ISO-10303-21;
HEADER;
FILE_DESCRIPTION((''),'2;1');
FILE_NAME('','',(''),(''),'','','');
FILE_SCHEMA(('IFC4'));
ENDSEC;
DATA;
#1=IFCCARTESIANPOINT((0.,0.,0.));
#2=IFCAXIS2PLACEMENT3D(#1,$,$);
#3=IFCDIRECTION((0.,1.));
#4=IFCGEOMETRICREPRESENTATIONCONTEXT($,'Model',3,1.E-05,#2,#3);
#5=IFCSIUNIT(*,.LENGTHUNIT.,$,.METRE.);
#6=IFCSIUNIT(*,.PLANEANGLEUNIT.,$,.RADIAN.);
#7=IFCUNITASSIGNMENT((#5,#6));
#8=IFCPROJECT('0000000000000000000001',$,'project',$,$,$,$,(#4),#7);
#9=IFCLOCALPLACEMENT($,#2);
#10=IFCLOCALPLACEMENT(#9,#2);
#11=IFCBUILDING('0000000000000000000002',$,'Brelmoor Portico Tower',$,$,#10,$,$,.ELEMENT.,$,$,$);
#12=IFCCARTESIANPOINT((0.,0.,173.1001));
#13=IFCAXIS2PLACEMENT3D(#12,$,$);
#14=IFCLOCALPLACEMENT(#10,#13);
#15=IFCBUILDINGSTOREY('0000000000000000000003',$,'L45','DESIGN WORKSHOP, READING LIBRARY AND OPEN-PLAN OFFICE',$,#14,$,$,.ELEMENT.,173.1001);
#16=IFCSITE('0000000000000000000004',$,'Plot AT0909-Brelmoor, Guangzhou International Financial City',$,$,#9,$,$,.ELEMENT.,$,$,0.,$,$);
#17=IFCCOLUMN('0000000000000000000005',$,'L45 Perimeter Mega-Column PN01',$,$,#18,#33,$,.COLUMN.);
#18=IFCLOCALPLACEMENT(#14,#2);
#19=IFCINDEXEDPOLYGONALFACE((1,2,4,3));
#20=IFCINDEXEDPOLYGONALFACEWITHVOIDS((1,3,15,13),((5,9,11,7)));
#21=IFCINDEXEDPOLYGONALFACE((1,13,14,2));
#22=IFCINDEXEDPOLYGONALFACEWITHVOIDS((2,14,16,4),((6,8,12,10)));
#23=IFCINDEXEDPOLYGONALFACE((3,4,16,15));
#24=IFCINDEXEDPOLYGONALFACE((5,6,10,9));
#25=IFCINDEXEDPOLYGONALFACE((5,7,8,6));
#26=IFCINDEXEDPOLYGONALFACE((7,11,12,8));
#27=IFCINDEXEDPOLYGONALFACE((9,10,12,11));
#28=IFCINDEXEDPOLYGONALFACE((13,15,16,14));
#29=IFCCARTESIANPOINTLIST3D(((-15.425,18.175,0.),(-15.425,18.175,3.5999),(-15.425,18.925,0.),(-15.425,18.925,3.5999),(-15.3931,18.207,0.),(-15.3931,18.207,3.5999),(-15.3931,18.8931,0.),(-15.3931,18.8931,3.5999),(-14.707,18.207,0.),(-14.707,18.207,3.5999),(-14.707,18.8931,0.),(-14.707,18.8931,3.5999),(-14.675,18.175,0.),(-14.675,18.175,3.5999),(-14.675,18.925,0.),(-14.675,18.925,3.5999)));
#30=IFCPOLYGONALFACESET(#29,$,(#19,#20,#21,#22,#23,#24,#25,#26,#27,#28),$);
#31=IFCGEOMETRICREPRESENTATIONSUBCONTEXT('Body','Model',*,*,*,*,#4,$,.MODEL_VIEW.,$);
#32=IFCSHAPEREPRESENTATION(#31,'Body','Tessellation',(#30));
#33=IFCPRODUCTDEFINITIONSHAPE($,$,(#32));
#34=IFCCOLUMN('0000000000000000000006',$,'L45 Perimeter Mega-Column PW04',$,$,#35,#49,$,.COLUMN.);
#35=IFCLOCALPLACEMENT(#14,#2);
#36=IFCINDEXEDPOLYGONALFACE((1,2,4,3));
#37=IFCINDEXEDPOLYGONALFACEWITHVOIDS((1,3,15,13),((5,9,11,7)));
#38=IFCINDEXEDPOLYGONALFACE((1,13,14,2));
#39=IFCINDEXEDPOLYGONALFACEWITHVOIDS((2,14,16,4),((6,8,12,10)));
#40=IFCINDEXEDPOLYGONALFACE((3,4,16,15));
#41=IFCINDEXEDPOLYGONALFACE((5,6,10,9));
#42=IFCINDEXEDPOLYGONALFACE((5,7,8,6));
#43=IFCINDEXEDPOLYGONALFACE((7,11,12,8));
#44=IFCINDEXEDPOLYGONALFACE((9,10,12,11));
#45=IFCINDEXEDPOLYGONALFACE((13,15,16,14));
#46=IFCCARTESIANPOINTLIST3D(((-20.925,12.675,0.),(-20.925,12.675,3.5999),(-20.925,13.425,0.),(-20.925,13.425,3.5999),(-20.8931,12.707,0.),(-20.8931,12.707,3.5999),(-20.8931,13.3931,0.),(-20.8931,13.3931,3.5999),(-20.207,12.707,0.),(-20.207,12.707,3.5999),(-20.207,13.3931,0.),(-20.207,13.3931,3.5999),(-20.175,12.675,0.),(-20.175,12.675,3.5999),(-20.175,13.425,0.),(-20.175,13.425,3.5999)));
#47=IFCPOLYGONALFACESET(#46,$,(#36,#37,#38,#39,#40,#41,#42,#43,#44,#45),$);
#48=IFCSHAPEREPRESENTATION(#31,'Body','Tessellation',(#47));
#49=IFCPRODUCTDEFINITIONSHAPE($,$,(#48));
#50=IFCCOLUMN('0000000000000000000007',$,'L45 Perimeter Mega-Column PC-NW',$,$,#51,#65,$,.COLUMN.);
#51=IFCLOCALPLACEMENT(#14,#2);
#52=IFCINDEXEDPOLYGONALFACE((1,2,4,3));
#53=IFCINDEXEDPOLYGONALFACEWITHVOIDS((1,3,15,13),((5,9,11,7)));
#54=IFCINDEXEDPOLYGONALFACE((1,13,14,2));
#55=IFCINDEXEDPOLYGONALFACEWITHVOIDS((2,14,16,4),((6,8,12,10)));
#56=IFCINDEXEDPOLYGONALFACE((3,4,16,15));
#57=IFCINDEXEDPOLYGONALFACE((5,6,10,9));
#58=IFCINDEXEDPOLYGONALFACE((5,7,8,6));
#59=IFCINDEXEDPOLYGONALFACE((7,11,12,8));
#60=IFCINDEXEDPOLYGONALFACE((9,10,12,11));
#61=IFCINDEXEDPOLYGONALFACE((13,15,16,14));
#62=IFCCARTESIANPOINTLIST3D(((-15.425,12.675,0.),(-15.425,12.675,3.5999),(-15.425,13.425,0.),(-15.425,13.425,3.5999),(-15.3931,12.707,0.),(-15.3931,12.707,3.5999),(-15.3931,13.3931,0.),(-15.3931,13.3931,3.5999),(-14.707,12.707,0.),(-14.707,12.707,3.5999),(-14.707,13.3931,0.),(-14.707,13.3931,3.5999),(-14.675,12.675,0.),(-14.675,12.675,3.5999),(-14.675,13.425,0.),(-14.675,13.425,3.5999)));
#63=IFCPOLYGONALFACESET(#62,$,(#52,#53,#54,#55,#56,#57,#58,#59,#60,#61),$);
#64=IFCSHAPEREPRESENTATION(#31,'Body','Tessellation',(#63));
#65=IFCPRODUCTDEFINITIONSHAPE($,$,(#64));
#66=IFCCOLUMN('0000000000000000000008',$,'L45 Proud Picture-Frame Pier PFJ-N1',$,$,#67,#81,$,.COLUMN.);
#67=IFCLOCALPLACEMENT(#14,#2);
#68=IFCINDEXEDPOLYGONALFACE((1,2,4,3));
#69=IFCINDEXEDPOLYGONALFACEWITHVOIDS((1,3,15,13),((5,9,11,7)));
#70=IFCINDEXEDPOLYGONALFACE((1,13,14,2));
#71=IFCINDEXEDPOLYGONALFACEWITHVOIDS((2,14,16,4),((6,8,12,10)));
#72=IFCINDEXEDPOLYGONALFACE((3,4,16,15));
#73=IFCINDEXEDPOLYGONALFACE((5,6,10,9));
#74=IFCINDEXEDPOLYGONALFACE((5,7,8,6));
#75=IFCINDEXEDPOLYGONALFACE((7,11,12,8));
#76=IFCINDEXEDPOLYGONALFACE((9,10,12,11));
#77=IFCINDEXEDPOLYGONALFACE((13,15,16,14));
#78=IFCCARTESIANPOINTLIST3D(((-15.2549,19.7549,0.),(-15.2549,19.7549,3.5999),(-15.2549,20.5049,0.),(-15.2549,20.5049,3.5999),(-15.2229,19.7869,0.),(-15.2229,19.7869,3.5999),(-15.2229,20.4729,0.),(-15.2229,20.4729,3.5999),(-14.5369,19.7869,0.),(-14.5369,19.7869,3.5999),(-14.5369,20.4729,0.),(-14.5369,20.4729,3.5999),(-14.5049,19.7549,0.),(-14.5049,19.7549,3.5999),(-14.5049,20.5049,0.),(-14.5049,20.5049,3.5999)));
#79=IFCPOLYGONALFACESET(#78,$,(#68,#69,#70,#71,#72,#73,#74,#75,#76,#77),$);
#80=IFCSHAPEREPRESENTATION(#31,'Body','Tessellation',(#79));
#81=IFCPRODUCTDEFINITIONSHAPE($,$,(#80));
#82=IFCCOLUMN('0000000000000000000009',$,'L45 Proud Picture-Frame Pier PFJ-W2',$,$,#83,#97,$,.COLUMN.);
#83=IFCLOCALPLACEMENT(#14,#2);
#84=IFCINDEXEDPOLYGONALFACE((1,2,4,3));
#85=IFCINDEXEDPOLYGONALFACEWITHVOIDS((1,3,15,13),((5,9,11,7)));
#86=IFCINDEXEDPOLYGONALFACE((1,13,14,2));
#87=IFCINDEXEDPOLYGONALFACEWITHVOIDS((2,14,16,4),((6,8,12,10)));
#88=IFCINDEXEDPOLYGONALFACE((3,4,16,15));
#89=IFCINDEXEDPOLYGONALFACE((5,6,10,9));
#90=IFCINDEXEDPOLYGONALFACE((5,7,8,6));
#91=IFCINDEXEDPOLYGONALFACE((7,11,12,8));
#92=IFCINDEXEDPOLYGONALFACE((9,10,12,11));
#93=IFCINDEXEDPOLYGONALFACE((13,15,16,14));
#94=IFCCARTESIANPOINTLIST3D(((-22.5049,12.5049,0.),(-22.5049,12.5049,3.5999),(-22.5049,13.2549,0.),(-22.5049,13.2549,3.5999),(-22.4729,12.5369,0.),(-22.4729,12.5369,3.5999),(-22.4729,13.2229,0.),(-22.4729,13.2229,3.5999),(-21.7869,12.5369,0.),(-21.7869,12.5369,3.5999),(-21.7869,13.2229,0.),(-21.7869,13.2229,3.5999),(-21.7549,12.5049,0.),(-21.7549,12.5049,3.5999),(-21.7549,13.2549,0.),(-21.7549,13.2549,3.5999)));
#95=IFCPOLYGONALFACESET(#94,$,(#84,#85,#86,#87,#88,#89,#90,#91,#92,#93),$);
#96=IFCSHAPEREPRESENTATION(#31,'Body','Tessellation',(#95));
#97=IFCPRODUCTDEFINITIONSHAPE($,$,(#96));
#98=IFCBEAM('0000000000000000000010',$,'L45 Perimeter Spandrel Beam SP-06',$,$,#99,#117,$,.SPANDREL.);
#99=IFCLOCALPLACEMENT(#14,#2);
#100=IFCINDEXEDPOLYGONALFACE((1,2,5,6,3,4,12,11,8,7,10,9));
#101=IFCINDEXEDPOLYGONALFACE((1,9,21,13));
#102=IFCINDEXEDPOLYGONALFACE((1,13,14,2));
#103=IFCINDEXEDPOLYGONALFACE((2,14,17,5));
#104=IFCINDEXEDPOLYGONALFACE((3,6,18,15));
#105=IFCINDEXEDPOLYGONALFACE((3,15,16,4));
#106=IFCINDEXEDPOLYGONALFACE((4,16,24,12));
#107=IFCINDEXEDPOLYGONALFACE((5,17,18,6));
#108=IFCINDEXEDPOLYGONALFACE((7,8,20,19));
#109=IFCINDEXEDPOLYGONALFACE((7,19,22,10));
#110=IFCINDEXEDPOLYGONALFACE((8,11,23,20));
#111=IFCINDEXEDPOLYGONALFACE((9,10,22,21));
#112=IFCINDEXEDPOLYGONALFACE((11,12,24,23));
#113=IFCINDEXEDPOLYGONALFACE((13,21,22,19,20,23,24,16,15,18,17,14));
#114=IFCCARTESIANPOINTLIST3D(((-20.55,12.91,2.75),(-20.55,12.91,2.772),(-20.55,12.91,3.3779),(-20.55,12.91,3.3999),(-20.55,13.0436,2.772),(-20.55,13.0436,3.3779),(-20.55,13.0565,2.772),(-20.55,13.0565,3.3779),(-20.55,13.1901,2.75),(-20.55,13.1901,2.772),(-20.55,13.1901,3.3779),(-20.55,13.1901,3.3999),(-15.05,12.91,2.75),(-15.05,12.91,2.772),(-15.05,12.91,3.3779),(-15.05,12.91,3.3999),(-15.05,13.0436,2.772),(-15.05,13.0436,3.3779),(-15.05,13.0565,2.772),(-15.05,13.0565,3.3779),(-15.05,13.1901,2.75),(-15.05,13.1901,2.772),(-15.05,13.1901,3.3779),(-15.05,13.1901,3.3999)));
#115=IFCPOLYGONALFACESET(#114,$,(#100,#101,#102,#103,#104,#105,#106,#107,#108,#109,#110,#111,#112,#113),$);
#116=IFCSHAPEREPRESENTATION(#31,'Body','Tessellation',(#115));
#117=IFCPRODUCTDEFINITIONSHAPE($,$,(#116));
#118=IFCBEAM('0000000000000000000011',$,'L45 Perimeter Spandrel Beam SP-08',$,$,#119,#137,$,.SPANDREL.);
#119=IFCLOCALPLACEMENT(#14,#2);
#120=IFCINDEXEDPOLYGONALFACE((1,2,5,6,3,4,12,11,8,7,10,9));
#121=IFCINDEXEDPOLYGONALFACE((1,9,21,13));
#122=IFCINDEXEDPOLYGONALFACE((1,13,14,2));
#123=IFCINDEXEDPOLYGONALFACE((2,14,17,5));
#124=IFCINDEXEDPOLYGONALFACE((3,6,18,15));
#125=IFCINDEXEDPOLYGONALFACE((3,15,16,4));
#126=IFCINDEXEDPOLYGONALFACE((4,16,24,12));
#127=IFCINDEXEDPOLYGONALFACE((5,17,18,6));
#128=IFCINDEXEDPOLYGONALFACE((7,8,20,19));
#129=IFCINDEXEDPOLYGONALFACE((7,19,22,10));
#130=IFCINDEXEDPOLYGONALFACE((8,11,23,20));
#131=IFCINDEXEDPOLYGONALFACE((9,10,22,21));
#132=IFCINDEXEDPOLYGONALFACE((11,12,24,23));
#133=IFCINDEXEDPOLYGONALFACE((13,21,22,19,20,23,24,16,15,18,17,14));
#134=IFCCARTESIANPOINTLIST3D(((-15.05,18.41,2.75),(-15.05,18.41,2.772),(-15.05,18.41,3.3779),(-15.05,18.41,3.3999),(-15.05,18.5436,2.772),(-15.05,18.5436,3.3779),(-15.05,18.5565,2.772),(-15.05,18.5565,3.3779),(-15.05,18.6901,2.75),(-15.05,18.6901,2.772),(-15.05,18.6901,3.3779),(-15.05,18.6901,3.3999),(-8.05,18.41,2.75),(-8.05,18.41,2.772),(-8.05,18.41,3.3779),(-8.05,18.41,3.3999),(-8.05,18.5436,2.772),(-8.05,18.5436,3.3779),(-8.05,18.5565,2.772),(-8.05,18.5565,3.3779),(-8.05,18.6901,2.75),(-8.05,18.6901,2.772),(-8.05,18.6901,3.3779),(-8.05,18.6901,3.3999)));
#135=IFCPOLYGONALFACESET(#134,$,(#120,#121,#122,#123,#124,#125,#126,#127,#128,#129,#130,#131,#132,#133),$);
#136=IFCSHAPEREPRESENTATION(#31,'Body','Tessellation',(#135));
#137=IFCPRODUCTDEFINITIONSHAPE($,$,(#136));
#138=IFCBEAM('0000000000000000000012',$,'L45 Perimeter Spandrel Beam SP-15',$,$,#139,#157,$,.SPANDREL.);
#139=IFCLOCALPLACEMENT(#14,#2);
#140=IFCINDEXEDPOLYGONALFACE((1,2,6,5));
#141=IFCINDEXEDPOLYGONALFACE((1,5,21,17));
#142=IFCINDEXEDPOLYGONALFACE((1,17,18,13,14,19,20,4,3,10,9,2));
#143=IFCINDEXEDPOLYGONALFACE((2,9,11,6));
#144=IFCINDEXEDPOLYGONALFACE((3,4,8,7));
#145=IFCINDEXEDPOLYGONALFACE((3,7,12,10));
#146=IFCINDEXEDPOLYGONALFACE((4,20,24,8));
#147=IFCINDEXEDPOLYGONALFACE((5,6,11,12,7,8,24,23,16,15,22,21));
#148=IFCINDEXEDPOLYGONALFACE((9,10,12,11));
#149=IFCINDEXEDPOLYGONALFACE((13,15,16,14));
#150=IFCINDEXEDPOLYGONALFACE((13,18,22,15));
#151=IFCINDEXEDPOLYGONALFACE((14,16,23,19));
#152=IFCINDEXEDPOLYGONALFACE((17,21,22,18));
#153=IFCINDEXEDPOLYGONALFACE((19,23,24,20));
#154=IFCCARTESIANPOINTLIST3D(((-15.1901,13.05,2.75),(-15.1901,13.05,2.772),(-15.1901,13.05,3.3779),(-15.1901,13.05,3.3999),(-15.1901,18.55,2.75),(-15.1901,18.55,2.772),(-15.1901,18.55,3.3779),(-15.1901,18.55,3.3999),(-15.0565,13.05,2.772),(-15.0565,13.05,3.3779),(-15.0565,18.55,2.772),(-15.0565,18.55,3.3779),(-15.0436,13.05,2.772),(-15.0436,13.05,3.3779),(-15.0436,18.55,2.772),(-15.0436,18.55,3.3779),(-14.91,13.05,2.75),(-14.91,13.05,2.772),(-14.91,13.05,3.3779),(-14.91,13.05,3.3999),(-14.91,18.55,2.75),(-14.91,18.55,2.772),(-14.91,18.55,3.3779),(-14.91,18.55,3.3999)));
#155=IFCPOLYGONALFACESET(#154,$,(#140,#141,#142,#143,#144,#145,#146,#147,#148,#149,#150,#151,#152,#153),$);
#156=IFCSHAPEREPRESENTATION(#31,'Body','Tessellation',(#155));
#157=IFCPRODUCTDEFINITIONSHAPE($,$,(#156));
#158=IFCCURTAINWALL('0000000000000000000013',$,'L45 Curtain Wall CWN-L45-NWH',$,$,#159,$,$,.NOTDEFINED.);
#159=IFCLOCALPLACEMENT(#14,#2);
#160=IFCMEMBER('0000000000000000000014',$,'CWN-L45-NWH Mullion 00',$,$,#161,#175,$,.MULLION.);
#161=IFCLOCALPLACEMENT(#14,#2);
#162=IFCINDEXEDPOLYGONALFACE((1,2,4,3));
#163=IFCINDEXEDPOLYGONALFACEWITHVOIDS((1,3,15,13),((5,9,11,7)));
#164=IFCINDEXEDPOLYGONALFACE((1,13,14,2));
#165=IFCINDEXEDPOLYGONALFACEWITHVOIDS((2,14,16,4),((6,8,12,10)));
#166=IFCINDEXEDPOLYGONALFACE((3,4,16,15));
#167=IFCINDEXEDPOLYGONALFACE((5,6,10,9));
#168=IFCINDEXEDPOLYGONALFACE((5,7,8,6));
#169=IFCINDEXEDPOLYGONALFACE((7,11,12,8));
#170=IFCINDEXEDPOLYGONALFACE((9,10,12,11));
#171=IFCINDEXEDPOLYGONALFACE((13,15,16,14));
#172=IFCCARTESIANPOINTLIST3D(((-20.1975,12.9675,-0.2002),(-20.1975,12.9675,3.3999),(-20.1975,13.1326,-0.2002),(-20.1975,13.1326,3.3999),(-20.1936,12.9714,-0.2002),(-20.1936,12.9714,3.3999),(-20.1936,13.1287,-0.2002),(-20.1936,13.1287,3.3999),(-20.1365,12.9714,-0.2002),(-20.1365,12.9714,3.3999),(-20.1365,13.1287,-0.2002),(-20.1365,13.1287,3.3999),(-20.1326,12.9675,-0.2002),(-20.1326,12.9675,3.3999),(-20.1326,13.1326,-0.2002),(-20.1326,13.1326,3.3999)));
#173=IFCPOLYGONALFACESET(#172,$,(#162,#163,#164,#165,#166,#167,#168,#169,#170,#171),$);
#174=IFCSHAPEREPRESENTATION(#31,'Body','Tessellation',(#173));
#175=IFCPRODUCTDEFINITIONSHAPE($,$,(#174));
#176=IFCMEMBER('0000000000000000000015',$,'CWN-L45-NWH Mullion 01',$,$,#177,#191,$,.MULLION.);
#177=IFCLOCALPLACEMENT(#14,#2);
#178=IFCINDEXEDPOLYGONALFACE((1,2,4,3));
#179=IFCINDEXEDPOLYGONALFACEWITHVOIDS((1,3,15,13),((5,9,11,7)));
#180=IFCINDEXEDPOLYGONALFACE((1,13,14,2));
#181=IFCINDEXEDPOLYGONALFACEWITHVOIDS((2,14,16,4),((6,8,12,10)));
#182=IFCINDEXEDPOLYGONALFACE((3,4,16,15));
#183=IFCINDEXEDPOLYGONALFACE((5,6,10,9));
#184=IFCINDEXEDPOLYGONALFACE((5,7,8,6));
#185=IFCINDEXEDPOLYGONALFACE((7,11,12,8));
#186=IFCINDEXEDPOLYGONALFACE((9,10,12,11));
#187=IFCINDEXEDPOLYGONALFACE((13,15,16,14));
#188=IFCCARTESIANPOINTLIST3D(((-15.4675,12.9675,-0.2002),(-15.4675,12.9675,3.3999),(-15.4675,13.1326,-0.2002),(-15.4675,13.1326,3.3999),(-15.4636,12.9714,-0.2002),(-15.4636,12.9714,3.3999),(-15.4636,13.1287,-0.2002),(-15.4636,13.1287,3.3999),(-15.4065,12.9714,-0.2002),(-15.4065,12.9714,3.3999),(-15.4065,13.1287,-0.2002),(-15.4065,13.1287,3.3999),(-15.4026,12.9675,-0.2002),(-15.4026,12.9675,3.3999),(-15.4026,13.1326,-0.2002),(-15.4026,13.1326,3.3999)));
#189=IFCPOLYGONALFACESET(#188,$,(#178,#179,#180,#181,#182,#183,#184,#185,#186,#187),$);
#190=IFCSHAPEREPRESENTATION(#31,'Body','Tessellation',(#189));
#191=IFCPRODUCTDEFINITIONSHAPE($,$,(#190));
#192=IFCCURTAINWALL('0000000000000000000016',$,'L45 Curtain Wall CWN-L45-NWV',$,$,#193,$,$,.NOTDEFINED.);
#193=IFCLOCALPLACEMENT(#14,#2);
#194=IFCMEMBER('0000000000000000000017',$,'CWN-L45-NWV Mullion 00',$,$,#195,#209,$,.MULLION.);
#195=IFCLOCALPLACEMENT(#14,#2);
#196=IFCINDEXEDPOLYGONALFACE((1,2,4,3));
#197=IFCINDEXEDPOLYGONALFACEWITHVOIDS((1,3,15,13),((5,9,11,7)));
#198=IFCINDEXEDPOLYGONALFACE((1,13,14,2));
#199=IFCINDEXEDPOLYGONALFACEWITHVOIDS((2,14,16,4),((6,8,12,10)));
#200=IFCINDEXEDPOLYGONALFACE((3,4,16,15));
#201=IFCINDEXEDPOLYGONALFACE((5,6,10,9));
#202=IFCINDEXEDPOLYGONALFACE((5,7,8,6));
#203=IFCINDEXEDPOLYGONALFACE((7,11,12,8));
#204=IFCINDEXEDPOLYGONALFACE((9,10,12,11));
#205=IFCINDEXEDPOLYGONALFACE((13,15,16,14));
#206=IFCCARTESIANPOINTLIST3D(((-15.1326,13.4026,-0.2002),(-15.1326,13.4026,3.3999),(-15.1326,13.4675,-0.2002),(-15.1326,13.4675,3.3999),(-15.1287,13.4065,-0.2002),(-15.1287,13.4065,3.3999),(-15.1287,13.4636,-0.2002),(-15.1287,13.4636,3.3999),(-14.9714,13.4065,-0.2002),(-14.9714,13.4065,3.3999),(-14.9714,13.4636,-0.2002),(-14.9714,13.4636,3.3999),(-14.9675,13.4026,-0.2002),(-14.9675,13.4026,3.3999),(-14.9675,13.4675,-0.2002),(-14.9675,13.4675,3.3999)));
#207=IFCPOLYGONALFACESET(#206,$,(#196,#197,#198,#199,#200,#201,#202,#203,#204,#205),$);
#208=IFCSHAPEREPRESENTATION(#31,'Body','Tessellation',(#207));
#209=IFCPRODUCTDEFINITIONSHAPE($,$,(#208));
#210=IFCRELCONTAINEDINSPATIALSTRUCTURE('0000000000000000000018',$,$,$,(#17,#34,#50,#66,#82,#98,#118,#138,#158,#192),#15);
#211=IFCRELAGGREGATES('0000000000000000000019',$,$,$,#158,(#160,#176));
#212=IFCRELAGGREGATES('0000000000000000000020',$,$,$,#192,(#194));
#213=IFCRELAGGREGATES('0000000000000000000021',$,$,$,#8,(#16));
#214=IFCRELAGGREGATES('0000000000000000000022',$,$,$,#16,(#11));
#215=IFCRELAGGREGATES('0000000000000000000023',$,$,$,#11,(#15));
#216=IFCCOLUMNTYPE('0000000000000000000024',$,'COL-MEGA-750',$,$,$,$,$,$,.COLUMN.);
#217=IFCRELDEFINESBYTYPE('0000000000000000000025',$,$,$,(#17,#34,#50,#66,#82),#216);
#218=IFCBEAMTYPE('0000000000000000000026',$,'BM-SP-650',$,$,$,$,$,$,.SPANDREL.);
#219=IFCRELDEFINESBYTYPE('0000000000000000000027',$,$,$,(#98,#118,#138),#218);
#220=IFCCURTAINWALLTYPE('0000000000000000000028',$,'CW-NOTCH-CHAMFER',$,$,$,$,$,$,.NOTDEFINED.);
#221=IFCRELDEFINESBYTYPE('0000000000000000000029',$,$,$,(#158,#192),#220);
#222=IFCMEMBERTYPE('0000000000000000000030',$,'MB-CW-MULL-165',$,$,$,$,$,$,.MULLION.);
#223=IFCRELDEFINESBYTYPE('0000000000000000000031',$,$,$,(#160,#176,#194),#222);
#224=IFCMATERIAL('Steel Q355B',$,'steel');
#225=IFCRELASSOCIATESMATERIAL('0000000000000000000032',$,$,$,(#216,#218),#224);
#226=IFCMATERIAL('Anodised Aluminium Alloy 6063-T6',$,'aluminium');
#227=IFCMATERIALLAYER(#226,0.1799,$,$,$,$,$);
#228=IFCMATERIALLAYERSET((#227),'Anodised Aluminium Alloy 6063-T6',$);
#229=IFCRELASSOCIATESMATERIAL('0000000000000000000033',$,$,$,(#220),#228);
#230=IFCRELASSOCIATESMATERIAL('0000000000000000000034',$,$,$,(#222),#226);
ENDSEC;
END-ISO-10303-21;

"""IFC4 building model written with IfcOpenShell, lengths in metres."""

from ifc_helpers import new_model, si_unit, direction, frame, origin, origin_2d, place, context, subcontext, project, spatial, hollow_rectangle, i_section, extrude, material, layer, layer_set, material_profile, profile_set, type_object, element, aggregate, save


model = new_model("IFC4")

# Units and contexts
model_context = context("Model", 3, precision=1e-05, world=origin(), true_north=direction((0.0, 1.0)))
body_context = subcontext(model_context, "Body", "Model", "MODEL_VIEW")
ifc_project = project(units=[si_unit("LENGTHUNIT", "METRE"), si_unit("PLANEANGLEUNIT", "RADIAN")], contexts=[model_context])

# Site, building, storey
site_placement = place(None, origin())
site = spatial("IfcSite", under=ifc_project, at=site_placement, Name="Plot AT0909-Brelmoor, Guangzhou International Financial City", CompositionType="ELEMENT", RefElevation=0.0)
building_placement = place(site_placement, origin())
building = spatial("IfcBuilding", under=site, at=building_placement, Name="Brelmoor Portico Tower", CompositionType="ELEMENT")
storey_placement = place(building_placement, frame((0.0, 0.0, 173.1001)))
storey = spatial("IfcBuildingStorey", under=building, at=storey_placement, Name="L45", Description="DESIGN WORKSHOP, READING LIBRARY AND OPEN-PLAN OFFICE", CompositionType="ELEMENT", Elevation=173.1001)

# Columns
ifc_material_1 = material(Name="Steel Q355B", Category="steel")
ifc_material_profile_1 = material_profile(ifc_material_1, hollow_rectangle(XDim=0.75, YDim=0.75, WallThickness=0.032, at=origin_2d()), Name="BOX 750x750x32")
ifc_profile_set_1 = profile_set([ifc_material_profile_1], Name="Steel Q355B")
column_type = type_object("IfcColumnType", Name="COL-MEGA-750", PredefinedType="COLUMN", material=ifc_profile_set_1)
for number, where, z_axis, x_axis, name in (
    (1, (-15.05, 18.55, 0.0), (0.0, 0.0, 1.0), (1.0, 0.0, 0.0), "L45 Perimeter Mega-Column PN01"),
    (2, (-20.55, 13.05, 0.0), (0.0, 0.0, 1.0), (0.0, 1.0, 0.0), "L45 Perimeter Mega-Column PW04"),
    (3, (-15.05, 13.05, 0.0), (0.0, 0.0, 1.0), (1.0, 0.0, 0.0), "L45 Perimeter Mega-Column PC-NW"),
    (4, (-14.8799, 20.1299, 0.0), (0.0, 0.0, 1.0), (1.0, 0.0, 0.0), "L45 Proud Picture-Frame Pier PFJ-N1"),
    (5, (-22.1299, 12.8799, 0.0), (0.0, 0.0, 1.0), (0.0, 1.0, 0.0), "L45 Proud Picture-Frame Pier PFJ-W2"),
):
    element("IfcColumn", number, at=place(storey_placement, frame(where, z_axis=z_axis, x_axis=x_axis)), inside=storey, type_object=column_type, Name=name, PredefinedType="COLUMN", context=body_context, shape_type="SweptSolid", body=[
        extrude(hollow_rectangle(XDim=0.75, YDim=0.75, WallThickness=0.032, at=origin_2d()), origin(), (0.0, 0.0, 1.0), 3.5999),
    ])

# Beams
ifc_material_profile_2 = material_profile(ifc_material_1, i_section(OverallWidth=0.28, OverallDepth=0.6499, WebThickness=0.0129, FlangeThickness=0.022, at=origin_2d()), Name="HN 650x280x13x22")
ifc_profile_set_2 = profile_set([ifc_material_profile_2], Name="Steel Q355B")
beam_type = type_object("IfcBeamType", Name="BM-SP-650", PredefinedType="SPANDREL", material=ifc_profile_set_2)
beam_1_placement = place(storey_placement, frame((-20.55, 13.05, 3.075), z_axis=(1.0, 0.0, 0.0), x_axis=(0.0, 1.0, 0.0)))
element("IfcBeam", 6, at=beam_1_placement, inside=storey, type_object=beam_type, Name="L45 Perimeter Spandrel Beam SP-06", PredefinedType="SPANDREL", context=body_context, shape_type="SweptSolid", body=[
    extrude(i_section(OverallWidth=0.28, OverallDepth=0.6499, WebThickness=0.0129, FlangeThickness=0.022, at=origin_2d()), origin(), (0.0, 0.0, 1.0), 5.5),
])
beam_2_placement = place(storey_placement, frame((-15.05, 18.55, 3.075), z_axis=(1.0, 0.0, 0.0), x_axis=(0.0, 1.0, 0.0)))
element("IfcBeam", 7, at=beam_2_placement, inside=storey, type_object=beam_type, Name="L45 Perimeter Spandrel Beam SP-08", PredefinedType="SPANDREL", context=body_context, shape_type="SweptSolid", body=[
    extrude(i_section(OverallWidth=0.28, OverallDepth=0.6499, WebThickness=0.0129, FlangeThickness=0.022, at=origin_2d()), origin(), (0.0, 0.0, 1.0), 7.0),
])
beam_3_placement = place(storey_placement, frame((-15.05, 13.05, 3.075), z_axis=(0.0, 1.0, 0.0), x_axis=(-1.0, 0.0, 0.0)))
element("IfcBeam", 8, at=beam_3_placement, inside=storey, type_object=beam_type, Name="L45 Perimeter Spandrel Beam SP-15", PredefinedType="SPANDREL", context=body_context, shape_type="SweptSolid", body=[
    extrude(i_section(OverallWidth=0.28, OverallDepth=0.6499, WebThickness=0.0129, FlangeThickness=0.022, at=origin_2d()), origin(), (0.0, 0.0, 1.0), 5.5),
])

# Curtain walls, members
ifc_material_2 = material(Name="Anodised Aluminium Alloy 6063-T6", Category="aluminium")
ifc_layer_1 = layer(ifc_material_2, 0.1799)
ifc_layer_set_1 = layer_set([ifc_layer_1], Name="Anodised Aluminium Alloy 6063-T6")
curtain_wall_type = type_object("IfcCurtainWallType", Name="CW-NOTCH-CHAMFER", PredefinedType="NOTDEFINED", material=ifc_layer_set_1)
curtain_wall_1_placement = place(storey_placement, origin())
curtain_wall_1 = element("IfcCurtainWall", 9, at=curtain_wall_1_placement, inside=storey, type_object=curtain_wall_type, Name="L45 Curtain Wall CWN-L45-NWH", PredefinedType="NOTDEFINED")
ifc_material_profile_3 = material_profile(ifc_material_2, hollow_rectangle(XDim=0.0649, YDim=0.165, WallThickness=0.0039, at=origin_2d()), Name="ALU MULLION 65x165")
ifc_profile_set_3 = profile_set([ifc_material_profile_3], Name="Anodised Aluminium Alloy 6063-T6")
member_type_1 = type_object("IfcMemberType", Name="MB-CW-MULL-165", PredefinedType="MULLION", material=ifc_profile_set_3)
member_1_placement = place(storey_placement, frame((-20.165, 13.05, -0.2002), z_axis=(0.0, 0.0, 1.0), x_axis=(1.0, 0.0, 0.0)))
member_1 = element("IfcMember", 10, at=member_1_placement, type_object=member_type_1, Name="CWN-L45-NWH Mullion 00", PredefinedType="MULLION", context=body_context, shape_type="SweptSolid", body=[
    extrude(hollow_rectangle(XDim=0.0649, YDim=0.165, WallThickness=0.0039, at=origin_2d()), origin(), (0.0, 0.0, 1.0), 3.6001),
])
member_2_placement = place(storey_placement, frame((-15.4351, 13.05, -0.2002), z_axis=(0.0, 0.0, 1.0), x_axis=(1.0, 0.0, 0.0)))
member_2 = element("IfcMember", 11, at=member_2_placement, type_object=member_type_1, Name="CWN-L45-NWH Mullion 01", PredefinedType="MULLION", context=body_context, shape_type="SweptSolid", body=[
    extrude(hollow_rectangle(XDim=0.0649, YDim=0.165, WallThickness=0.0039, at=origin_2d()), origin(), (0.0, 0.0, 1.0), 3.6001),
])
curtain_wall_2_placement = place(storey_placement, origin())
curtain_wall_2 = element("IfcCurtainWall", 12, at=curtain_wall_2_placement, inside=storey, type_object=curtain_wall_type, Name="L45 Curtain Wall CWN-L45-NWV", PredefinedType="NOTDEFINED")
member_3_placement = place(storey_placement, frame((-15.05, 13.4351, -0.2002), z_axis=(0.0, 0.0, 1.0), x_axis=(0.0, 1.0, 0.0)))
member_3 = element("IfcMember", 13, at=member_3_placement, type_object=member_type_1, Name="CWN-L45-NWV Mullion 00", PredefinedType="MULLION", context=body_context, shape_type="SweptSolid", body=[
    extrude(hollow_rectangle(XDim=0.0649, YDim=0.165, WallThickness=0.0039, at=origin_2d()), origin(), (0.0, 0.0, 1.0), 3.6001),
])

aggregate(curtain_wall_1, [member_1, member_2])
aggregate(curtain_wall_2, [member_3])

save(model, "model.ifc")
